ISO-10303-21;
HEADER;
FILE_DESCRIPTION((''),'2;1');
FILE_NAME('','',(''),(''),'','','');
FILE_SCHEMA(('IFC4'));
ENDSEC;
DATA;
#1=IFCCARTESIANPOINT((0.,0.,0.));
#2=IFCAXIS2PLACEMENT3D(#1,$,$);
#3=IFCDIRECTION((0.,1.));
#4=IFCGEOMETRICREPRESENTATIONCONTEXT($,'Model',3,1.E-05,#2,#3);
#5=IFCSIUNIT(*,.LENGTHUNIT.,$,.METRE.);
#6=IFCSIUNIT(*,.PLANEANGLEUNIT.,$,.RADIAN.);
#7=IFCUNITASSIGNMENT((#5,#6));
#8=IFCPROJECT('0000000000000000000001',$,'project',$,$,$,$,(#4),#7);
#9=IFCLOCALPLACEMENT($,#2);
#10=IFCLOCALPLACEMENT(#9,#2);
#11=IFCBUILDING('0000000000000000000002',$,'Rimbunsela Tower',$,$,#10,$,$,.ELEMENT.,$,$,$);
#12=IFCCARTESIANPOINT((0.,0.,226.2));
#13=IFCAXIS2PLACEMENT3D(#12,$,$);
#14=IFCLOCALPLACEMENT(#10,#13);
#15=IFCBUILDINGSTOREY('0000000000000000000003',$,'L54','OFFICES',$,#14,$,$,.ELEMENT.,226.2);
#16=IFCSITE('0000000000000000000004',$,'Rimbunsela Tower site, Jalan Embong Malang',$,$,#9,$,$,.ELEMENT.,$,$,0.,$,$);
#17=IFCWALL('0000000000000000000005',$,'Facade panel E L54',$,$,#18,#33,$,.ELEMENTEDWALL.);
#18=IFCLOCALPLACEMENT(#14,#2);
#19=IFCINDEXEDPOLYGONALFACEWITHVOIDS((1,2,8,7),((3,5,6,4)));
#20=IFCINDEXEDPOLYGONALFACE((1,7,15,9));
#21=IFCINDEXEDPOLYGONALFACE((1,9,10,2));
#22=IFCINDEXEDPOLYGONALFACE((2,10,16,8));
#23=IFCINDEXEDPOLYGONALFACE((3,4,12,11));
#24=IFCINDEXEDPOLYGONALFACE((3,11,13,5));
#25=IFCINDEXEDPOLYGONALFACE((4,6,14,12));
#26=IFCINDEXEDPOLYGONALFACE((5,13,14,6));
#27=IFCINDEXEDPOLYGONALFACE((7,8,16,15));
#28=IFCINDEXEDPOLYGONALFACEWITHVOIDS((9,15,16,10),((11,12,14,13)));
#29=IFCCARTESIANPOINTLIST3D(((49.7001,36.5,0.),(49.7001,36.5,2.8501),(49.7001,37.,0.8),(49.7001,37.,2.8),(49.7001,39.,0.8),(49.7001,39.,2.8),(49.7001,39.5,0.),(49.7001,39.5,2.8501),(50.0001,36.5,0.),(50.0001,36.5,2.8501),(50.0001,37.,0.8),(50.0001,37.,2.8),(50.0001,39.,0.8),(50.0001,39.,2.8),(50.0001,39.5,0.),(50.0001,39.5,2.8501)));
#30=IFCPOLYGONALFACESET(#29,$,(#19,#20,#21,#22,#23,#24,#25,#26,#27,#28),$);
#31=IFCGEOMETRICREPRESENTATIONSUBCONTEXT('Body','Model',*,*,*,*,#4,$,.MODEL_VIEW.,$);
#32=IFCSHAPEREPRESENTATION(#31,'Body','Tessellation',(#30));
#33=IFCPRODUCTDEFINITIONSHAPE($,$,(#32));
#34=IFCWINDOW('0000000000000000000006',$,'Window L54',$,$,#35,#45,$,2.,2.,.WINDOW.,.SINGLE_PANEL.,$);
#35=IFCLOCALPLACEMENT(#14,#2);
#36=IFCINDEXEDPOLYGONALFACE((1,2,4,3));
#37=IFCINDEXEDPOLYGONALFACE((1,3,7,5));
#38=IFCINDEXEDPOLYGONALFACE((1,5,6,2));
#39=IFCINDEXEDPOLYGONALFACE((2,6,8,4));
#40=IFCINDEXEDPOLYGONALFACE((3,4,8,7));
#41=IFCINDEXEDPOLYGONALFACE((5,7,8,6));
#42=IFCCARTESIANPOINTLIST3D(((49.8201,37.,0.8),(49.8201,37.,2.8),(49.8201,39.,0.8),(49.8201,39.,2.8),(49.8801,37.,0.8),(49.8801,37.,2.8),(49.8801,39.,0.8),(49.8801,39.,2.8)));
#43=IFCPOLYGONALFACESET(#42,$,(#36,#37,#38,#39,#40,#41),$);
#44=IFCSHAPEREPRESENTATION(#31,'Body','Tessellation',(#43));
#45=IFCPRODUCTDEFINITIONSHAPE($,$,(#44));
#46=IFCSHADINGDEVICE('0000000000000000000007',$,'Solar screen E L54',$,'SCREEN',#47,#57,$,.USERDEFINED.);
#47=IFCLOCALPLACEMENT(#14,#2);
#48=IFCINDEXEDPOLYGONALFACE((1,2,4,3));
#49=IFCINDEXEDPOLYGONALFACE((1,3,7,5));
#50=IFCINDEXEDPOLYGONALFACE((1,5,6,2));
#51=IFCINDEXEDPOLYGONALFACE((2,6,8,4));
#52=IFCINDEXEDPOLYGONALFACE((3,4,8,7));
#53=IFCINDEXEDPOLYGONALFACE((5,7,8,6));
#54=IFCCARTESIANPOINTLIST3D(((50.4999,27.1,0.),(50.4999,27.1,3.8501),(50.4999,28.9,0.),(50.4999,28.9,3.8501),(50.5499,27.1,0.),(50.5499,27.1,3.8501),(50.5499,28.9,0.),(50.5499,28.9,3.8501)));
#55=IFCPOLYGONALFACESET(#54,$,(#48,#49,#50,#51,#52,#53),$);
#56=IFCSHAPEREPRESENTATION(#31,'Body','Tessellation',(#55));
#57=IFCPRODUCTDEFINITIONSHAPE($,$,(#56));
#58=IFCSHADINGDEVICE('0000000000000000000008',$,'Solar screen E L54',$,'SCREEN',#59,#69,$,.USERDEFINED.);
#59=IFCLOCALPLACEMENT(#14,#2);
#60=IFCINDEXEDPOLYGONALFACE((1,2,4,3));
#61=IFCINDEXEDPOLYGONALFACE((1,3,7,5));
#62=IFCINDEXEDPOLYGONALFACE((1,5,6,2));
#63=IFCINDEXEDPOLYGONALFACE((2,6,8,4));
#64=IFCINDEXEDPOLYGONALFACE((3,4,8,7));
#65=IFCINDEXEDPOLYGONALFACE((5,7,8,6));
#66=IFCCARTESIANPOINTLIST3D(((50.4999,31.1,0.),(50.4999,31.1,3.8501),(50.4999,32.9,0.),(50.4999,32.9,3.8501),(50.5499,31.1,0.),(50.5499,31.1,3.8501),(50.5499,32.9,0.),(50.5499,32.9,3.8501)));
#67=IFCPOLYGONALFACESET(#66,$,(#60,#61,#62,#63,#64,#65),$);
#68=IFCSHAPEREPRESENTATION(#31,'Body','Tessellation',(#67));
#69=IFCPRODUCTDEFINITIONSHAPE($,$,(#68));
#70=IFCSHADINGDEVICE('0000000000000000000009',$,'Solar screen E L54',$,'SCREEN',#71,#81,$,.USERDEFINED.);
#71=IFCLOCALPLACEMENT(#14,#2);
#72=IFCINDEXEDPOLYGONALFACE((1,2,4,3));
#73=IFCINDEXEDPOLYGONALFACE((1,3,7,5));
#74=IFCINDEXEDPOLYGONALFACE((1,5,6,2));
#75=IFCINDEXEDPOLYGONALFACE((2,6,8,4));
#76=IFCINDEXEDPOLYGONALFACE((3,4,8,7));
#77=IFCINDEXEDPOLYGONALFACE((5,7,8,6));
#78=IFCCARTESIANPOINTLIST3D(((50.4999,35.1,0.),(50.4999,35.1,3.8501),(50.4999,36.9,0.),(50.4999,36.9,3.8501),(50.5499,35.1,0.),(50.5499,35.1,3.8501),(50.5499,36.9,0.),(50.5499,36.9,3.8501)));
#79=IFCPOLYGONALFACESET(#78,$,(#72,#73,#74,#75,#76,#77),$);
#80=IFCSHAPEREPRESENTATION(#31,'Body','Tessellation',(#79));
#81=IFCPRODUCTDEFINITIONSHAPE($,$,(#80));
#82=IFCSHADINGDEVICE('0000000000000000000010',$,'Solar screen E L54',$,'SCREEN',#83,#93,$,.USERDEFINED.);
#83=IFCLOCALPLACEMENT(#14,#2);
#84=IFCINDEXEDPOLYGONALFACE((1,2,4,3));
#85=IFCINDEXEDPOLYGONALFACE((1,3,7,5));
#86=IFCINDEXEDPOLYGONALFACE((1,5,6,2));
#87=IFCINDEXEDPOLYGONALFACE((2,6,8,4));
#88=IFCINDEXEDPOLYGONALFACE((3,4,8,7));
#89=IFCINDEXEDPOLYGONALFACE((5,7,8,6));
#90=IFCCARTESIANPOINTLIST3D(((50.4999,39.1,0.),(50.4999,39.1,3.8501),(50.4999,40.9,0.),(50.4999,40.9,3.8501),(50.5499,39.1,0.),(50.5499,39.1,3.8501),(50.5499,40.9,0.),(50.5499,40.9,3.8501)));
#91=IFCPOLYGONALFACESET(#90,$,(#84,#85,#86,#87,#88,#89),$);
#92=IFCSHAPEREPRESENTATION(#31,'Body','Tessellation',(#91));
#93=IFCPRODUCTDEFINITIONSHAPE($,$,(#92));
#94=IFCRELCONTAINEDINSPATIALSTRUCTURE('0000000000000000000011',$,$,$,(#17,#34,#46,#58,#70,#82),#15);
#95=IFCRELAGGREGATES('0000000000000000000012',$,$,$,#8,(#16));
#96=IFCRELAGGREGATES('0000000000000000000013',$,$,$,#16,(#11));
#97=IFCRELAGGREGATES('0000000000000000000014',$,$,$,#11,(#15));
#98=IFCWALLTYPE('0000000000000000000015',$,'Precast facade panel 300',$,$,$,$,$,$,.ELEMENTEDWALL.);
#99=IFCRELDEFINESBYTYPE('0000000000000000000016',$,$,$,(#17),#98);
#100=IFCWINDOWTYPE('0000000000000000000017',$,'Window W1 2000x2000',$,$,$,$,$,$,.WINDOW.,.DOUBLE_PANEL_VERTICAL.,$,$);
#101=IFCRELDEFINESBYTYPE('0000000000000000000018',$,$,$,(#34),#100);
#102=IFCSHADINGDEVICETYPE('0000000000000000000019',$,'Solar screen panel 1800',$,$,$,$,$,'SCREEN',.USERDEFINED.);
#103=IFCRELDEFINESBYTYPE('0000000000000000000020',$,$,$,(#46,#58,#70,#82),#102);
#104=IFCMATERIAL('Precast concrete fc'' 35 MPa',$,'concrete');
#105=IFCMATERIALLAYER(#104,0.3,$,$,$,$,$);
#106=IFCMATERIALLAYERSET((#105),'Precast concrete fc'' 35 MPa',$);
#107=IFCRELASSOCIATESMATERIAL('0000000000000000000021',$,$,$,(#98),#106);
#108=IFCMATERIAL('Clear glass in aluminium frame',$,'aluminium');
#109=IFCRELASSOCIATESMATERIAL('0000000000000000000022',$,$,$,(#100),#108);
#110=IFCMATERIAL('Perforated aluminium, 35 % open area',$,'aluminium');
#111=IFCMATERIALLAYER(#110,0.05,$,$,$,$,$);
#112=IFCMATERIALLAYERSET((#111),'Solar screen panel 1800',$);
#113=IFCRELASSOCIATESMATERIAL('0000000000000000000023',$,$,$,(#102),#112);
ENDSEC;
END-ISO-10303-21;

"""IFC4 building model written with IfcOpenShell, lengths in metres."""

from ifc_helpers import new_model, si_unit, direction, frame, frame_2d, origin, origin_2d, place, context, subcontext, project, spatial, rectangle, extrude, material, layer, layer_set, type_object, element, fill, save


model = new_model("IFC4")

# Units and contexts
model_context = context("Model", 3, precision=1e-05, world=origin(), true_north=direction((0.0, 1.0)))
body_context = subcontext(model_context, "Body", "Model", "MODEL_VIEW")
ifc_project = project(units=[si_unit("LENGTHUNIT", "METRE"), si_unit("PLANEANGLEUNIT", "RADIAN")], contexts=[model_context])

# Site, building, storey
site_placement = place(None, origin())
site = spatial("IfcSite", under=ifc_project, at=site_placement, Name="Rimbunsela Tower site, Jalan Embong Malang", CompositionType="ELEMENT", RefElevation=0.0)
building_placement = place(site_placement, origin())
building = spatial("IfcBuilding", under=site, at=building_placement, Name="Rimbunsela Tower", CompositionType="ELEMENT")
storey_placement = place(building_placement, frame((0.0, 0.0, 226.2)))
storey = spatial("IfcBuildingStorey", under=building, at=storey_placement, Name="L54", Description="OFFICES", CompositionType="ELEMENT", Elevation=226.2)

# Wall, opening, window
ifc_material_1 = material(Name="Precast concrete fc' 35 MPa", Category="concrete")
ifc_layer_1 = layer(ifc_material_1, 0.3)
ifc_layer_set_1 = layer_set([ifc_layer_1], Name="Precast concrete fc' 35 MPa")
wall_type_1 = type_object("IfcWallType", Name="Precast facade panel 300", PredefinedType="ELEMENTEDWALL", material=ifc_layer_set_1)
ifc_material_2 = material(Name="Clear glass in aluminium frame", Category="aluminium")
window_type = type_object("IfcWindowType", Name="Window W1 2000x2000", PartitioningType="DOUBLE_PANEL_VERTICAL", PredefinedType="WINDOW", material=ifc_material_2)
wall_1_placement = place(storey_placement, frame((49.8501, 36.5, 0.0), z_axis=(0.0, 0.0, 1.0), x_axis=(0.0, 1.0, 0.0)))
wall_1 = element("IfcWall", 1, at=wall_1_placement, inside=storey, type_object=wall_type_1, Name="Facade panel E L54", PredefinedType="ELEMENTEDWALL", context=body_context, shape_type="SweptSolid", body=[
    extrude(rectangle(XDim=3.0, YDim=0.3, at=frame_2d((1.5, 0.0))), origin(), (0.0, 0.0, 1.0), 2.8501),
])
opening_1_placement = place(wall_1_placement, frame((0.5, 0.0, 0.8)))
opening_1 = element("IfcOpeningElement", 2, at=opening_1_placement, cuts=wall_1, PredefinedType="OPENING", context=body_context, shape_type="SweptSolid", body=[
    extrude(rectangle(XDim=2.0, YDim=2.0, at=frame_2d((1.0, 1.0))), frame((0.0, 0.1599, 0.0), z_axis=(0.0, -1.0, 0.0), x_axis=(1.0, 0.0, 0.0)), (0.0, 0.0, 1.0), 0.3201),
])
window_1_placement = place(opening_1_placement, origin())
window_1 = element("IfcWindow", 3, at=window_1_placement, inside=storey, type_object=window_type, Name="Window L54", OverallHeight=2.0, OverallWidth=2.0, PartitioningType="SINGLE_PANEL", PredefinedType="WINDOW", context=body_context, shape_type="SweptSolid", body=[
    extrude(rectangle(XDim=2.0, YDim=2.0, at=frame_2d((1.0, 1.0))), frame((0.0, 0.03, 0.0), z_axis=(0.0, -1.0, 0.0), x_axis=(1.0, 0.0, 0.0)), (0.0, 0.0, 1.0), 0.0601),
])
fill(opening_1, window_1)

# Shading devices
ifc_material_3 = material(Name="Perforated aluminium, 35 % open area", Category="aluminium")
ifc_layer_2 = layer(ifc_material_3, 0.05)
ifc_layer_set_2 = layer_set([ifc_layer_2], Name="Solar screen panel 1800")
shading_device_type = type_object("IfcShadingDeviceType", Name="Solar screen panel 1800", ElementType="SCREEN", PredefinedType="USERDEFINED", material=ifc_layer_set_2)
for number, where, z_axis, x_axis, name in (
    (4, (50.5249, 28.0, 0.0), (0.0, 0.0, 1.0), (0.0, 1.0, 0.0), "Solar screen E L54"),
    (5, (50.5249, 32.0, 0.0), (0.0, 0.0, 1.0), (0.0, 1.0, 0.0), "Solar screen E L54"),
    (6, (50.5249, 36.0, 0.0), (0.0, 0.0, 1.0), (0.0, 1.0, 0.0), "Solar screen E L54"),
    (7, (50.5249, 40.0, 0.0), (0.0, 0.0, 1.0), (0.0, 1.0, 0.0), "Solar screen E L54"),
):
    element("IfcShadingDevice", number, at=place(storey_placement, frame(where, z_axis=z_axis, x_axis=x_axis)), inside=storey, type_object=shading_device_type, Name=name, ObjectType="SCREEN", PredefinedType="USERDEFINED", context=body_context, shape_type="SweptSolid", body=[
        extrude(rectangle(XDim=1.8, YDim=0.05, at=origin_2d()), origin(), (0.0, 0.0, 1.0), 3.8501),
    ])

save(model, "model.ifc")
